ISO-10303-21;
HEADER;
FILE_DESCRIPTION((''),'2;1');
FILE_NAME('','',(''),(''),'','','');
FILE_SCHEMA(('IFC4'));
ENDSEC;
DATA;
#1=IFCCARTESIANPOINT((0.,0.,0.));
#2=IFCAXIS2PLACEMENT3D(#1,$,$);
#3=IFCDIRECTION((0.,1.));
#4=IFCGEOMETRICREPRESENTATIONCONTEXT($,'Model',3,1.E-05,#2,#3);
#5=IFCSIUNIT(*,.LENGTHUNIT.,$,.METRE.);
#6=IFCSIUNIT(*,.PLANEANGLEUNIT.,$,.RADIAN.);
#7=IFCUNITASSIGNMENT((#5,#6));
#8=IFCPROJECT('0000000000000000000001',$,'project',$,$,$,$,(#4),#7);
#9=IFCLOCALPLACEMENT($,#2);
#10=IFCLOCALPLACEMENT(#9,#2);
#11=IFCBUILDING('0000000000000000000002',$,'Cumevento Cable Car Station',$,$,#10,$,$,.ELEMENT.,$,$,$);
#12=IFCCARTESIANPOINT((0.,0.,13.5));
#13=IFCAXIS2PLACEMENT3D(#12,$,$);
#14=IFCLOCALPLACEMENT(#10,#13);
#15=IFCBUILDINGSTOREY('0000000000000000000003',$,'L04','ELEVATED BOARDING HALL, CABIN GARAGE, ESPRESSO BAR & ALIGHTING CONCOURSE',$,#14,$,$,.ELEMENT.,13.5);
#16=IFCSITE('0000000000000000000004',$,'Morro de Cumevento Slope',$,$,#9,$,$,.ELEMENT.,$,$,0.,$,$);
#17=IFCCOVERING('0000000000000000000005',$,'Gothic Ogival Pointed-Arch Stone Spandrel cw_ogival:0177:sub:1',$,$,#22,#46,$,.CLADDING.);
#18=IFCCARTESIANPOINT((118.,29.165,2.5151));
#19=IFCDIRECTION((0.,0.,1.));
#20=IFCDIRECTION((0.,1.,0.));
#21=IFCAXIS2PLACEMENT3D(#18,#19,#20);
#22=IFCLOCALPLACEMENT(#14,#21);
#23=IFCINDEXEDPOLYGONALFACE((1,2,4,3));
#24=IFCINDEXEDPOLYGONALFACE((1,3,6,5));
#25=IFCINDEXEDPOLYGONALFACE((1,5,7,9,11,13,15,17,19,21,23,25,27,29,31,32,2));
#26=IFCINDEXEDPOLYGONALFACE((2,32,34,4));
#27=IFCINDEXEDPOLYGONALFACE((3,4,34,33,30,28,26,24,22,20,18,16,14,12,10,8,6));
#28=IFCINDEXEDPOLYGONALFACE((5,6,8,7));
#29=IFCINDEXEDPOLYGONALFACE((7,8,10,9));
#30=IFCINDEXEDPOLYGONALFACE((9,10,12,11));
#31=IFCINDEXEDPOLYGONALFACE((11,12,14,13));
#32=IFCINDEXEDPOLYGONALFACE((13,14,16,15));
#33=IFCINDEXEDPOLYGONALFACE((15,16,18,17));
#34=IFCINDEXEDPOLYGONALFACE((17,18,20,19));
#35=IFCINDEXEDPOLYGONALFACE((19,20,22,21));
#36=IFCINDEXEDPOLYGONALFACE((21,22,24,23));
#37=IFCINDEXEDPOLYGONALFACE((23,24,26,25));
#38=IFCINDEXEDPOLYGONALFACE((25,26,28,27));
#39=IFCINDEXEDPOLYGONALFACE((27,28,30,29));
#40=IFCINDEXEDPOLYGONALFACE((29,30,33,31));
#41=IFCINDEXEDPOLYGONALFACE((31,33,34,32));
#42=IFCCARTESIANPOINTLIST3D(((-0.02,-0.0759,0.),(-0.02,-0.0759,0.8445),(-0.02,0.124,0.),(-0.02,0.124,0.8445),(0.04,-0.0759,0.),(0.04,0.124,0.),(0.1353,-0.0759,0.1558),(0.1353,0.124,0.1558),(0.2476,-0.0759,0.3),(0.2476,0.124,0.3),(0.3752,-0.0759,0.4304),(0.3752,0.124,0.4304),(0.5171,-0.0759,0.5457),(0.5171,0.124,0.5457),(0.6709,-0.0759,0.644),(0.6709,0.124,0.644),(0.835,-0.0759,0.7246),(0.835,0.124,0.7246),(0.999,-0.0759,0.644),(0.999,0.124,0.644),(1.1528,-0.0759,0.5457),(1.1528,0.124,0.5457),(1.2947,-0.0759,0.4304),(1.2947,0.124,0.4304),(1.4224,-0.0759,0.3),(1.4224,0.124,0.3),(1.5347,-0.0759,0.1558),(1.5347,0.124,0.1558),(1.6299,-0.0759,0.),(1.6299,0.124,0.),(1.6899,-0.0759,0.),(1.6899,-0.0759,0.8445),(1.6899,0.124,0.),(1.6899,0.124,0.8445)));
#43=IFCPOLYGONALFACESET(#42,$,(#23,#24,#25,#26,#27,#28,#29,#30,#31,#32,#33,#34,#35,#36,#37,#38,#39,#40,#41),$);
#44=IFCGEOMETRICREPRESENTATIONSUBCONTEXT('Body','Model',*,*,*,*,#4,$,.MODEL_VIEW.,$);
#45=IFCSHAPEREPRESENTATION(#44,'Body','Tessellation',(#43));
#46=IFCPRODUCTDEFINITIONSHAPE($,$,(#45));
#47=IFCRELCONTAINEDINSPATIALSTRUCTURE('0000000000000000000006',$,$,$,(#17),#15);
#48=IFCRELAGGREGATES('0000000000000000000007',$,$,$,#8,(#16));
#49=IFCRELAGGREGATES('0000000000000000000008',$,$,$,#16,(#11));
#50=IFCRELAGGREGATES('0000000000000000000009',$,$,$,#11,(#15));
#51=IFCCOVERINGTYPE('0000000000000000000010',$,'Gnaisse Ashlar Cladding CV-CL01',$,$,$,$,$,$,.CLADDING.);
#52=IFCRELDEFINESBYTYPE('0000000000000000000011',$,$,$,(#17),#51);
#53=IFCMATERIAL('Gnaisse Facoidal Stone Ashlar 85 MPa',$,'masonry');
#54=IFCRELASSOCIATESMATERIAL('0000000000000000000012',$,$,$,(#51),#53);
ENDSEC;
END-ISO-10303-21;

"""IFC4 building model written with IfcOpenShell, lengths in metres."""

from ifc_helpers import new_model, si_unit, direction, frame, origin, place, context, subcontext, project, spatial, polyline, outline, extrude, material, type_object, element, save


model = new_model("IFC4")

# Units and contexts
model_context = context("Model", 3, precision=1e-05, world=origin(), true_north=direction((0.0, 1.0)))
body_context = subcontext(model_context, "Body", "Model", "MODEL_VIEW")
ifc_project = project(units=[si_unit("LENGTHUNIT", "METRE"), si_unit("PLANEANGLEUNIT", "RADIAN")], contexts=[model_context])

# Site, building, storey
site_placement = place(None, origin())
site = spatial("IfcSite", under=ifc_project, at=site_placement, Name="Morro de Cumevento Slope", CompositionType="ELEMENT", RefElevation=0.0)
building_placement = place(site_placement, origin())
building = spatial("IfcBuilding", under=site, at=building_placement, Name="Cumevento Cable Car Station", CompositionType="ELEMENT")
storey_placement = place(building_placement, frame((0.0, 0.0, 13.5)))
storey = spatial("IfcBuildingStorey", under=building, at=storey_placement, Name="L04", Description="ELEVATED BOARDING HALL, CABIN GARAGE, ESPRESSO BAR & ALIGHTING CONCOURSE", CompositionType="ELEMENT", Elevation=13.5)

# Covering
ifc_material_1 = material(Name="Gnaisse Facoidal Stone Ashlar 85 MPa", Category="masonry")
covering_type = type_object("IfcCoveringType", Name="Gnaisse Ashlar Cladding CV-CL01", PredefinedType="CLADDING", material=ifc_material_1)
covering_1_placement = place(storey_placement, frame((118.0, 29.165, 2.5151), z_axis=(0.0, 0.0, 1.0), x_axis=(0.0, 1.0, 0.0)))
element("IfcCovering", 1, at=covering_1_placement, inside=storey, type_object=covering_type, Name="Gothic Ogival Pointed-Arch Stone Spandrel cw_ogival:0177:sub:1", PredefinedType="CLADDING", context=body_context, shape_type="SweptSolid", body=[
    extrude(outline(polyline([(-0.02, 0.0), (-0.02, 0.8445), (1.6899, 0.8445), (1.6899, 0.0), (1.6299, 0.0), (1.5347, 0.1558), (1.4224, 0.3), (1.2947, 0.4304), (1.1528, 0.5457), (0.999, 0.644), (0.835, 0.7246), (0.6709, 0.644), (0.5171, 0.5457), (0.3752, 0.4304), (0.2476, 0.3), (0.1353, 0.1558), (0.04, 0.0), (-0.02, 0.0)])), frame((0.0, 0.124, 0.0), z_axis=(0.0, -1.0, 0.0), x_axis=(1.0, 0.0, 0.0)), (0.0, 0.0, 1.0), 0.2),
])

save(model, "model.ifc")
